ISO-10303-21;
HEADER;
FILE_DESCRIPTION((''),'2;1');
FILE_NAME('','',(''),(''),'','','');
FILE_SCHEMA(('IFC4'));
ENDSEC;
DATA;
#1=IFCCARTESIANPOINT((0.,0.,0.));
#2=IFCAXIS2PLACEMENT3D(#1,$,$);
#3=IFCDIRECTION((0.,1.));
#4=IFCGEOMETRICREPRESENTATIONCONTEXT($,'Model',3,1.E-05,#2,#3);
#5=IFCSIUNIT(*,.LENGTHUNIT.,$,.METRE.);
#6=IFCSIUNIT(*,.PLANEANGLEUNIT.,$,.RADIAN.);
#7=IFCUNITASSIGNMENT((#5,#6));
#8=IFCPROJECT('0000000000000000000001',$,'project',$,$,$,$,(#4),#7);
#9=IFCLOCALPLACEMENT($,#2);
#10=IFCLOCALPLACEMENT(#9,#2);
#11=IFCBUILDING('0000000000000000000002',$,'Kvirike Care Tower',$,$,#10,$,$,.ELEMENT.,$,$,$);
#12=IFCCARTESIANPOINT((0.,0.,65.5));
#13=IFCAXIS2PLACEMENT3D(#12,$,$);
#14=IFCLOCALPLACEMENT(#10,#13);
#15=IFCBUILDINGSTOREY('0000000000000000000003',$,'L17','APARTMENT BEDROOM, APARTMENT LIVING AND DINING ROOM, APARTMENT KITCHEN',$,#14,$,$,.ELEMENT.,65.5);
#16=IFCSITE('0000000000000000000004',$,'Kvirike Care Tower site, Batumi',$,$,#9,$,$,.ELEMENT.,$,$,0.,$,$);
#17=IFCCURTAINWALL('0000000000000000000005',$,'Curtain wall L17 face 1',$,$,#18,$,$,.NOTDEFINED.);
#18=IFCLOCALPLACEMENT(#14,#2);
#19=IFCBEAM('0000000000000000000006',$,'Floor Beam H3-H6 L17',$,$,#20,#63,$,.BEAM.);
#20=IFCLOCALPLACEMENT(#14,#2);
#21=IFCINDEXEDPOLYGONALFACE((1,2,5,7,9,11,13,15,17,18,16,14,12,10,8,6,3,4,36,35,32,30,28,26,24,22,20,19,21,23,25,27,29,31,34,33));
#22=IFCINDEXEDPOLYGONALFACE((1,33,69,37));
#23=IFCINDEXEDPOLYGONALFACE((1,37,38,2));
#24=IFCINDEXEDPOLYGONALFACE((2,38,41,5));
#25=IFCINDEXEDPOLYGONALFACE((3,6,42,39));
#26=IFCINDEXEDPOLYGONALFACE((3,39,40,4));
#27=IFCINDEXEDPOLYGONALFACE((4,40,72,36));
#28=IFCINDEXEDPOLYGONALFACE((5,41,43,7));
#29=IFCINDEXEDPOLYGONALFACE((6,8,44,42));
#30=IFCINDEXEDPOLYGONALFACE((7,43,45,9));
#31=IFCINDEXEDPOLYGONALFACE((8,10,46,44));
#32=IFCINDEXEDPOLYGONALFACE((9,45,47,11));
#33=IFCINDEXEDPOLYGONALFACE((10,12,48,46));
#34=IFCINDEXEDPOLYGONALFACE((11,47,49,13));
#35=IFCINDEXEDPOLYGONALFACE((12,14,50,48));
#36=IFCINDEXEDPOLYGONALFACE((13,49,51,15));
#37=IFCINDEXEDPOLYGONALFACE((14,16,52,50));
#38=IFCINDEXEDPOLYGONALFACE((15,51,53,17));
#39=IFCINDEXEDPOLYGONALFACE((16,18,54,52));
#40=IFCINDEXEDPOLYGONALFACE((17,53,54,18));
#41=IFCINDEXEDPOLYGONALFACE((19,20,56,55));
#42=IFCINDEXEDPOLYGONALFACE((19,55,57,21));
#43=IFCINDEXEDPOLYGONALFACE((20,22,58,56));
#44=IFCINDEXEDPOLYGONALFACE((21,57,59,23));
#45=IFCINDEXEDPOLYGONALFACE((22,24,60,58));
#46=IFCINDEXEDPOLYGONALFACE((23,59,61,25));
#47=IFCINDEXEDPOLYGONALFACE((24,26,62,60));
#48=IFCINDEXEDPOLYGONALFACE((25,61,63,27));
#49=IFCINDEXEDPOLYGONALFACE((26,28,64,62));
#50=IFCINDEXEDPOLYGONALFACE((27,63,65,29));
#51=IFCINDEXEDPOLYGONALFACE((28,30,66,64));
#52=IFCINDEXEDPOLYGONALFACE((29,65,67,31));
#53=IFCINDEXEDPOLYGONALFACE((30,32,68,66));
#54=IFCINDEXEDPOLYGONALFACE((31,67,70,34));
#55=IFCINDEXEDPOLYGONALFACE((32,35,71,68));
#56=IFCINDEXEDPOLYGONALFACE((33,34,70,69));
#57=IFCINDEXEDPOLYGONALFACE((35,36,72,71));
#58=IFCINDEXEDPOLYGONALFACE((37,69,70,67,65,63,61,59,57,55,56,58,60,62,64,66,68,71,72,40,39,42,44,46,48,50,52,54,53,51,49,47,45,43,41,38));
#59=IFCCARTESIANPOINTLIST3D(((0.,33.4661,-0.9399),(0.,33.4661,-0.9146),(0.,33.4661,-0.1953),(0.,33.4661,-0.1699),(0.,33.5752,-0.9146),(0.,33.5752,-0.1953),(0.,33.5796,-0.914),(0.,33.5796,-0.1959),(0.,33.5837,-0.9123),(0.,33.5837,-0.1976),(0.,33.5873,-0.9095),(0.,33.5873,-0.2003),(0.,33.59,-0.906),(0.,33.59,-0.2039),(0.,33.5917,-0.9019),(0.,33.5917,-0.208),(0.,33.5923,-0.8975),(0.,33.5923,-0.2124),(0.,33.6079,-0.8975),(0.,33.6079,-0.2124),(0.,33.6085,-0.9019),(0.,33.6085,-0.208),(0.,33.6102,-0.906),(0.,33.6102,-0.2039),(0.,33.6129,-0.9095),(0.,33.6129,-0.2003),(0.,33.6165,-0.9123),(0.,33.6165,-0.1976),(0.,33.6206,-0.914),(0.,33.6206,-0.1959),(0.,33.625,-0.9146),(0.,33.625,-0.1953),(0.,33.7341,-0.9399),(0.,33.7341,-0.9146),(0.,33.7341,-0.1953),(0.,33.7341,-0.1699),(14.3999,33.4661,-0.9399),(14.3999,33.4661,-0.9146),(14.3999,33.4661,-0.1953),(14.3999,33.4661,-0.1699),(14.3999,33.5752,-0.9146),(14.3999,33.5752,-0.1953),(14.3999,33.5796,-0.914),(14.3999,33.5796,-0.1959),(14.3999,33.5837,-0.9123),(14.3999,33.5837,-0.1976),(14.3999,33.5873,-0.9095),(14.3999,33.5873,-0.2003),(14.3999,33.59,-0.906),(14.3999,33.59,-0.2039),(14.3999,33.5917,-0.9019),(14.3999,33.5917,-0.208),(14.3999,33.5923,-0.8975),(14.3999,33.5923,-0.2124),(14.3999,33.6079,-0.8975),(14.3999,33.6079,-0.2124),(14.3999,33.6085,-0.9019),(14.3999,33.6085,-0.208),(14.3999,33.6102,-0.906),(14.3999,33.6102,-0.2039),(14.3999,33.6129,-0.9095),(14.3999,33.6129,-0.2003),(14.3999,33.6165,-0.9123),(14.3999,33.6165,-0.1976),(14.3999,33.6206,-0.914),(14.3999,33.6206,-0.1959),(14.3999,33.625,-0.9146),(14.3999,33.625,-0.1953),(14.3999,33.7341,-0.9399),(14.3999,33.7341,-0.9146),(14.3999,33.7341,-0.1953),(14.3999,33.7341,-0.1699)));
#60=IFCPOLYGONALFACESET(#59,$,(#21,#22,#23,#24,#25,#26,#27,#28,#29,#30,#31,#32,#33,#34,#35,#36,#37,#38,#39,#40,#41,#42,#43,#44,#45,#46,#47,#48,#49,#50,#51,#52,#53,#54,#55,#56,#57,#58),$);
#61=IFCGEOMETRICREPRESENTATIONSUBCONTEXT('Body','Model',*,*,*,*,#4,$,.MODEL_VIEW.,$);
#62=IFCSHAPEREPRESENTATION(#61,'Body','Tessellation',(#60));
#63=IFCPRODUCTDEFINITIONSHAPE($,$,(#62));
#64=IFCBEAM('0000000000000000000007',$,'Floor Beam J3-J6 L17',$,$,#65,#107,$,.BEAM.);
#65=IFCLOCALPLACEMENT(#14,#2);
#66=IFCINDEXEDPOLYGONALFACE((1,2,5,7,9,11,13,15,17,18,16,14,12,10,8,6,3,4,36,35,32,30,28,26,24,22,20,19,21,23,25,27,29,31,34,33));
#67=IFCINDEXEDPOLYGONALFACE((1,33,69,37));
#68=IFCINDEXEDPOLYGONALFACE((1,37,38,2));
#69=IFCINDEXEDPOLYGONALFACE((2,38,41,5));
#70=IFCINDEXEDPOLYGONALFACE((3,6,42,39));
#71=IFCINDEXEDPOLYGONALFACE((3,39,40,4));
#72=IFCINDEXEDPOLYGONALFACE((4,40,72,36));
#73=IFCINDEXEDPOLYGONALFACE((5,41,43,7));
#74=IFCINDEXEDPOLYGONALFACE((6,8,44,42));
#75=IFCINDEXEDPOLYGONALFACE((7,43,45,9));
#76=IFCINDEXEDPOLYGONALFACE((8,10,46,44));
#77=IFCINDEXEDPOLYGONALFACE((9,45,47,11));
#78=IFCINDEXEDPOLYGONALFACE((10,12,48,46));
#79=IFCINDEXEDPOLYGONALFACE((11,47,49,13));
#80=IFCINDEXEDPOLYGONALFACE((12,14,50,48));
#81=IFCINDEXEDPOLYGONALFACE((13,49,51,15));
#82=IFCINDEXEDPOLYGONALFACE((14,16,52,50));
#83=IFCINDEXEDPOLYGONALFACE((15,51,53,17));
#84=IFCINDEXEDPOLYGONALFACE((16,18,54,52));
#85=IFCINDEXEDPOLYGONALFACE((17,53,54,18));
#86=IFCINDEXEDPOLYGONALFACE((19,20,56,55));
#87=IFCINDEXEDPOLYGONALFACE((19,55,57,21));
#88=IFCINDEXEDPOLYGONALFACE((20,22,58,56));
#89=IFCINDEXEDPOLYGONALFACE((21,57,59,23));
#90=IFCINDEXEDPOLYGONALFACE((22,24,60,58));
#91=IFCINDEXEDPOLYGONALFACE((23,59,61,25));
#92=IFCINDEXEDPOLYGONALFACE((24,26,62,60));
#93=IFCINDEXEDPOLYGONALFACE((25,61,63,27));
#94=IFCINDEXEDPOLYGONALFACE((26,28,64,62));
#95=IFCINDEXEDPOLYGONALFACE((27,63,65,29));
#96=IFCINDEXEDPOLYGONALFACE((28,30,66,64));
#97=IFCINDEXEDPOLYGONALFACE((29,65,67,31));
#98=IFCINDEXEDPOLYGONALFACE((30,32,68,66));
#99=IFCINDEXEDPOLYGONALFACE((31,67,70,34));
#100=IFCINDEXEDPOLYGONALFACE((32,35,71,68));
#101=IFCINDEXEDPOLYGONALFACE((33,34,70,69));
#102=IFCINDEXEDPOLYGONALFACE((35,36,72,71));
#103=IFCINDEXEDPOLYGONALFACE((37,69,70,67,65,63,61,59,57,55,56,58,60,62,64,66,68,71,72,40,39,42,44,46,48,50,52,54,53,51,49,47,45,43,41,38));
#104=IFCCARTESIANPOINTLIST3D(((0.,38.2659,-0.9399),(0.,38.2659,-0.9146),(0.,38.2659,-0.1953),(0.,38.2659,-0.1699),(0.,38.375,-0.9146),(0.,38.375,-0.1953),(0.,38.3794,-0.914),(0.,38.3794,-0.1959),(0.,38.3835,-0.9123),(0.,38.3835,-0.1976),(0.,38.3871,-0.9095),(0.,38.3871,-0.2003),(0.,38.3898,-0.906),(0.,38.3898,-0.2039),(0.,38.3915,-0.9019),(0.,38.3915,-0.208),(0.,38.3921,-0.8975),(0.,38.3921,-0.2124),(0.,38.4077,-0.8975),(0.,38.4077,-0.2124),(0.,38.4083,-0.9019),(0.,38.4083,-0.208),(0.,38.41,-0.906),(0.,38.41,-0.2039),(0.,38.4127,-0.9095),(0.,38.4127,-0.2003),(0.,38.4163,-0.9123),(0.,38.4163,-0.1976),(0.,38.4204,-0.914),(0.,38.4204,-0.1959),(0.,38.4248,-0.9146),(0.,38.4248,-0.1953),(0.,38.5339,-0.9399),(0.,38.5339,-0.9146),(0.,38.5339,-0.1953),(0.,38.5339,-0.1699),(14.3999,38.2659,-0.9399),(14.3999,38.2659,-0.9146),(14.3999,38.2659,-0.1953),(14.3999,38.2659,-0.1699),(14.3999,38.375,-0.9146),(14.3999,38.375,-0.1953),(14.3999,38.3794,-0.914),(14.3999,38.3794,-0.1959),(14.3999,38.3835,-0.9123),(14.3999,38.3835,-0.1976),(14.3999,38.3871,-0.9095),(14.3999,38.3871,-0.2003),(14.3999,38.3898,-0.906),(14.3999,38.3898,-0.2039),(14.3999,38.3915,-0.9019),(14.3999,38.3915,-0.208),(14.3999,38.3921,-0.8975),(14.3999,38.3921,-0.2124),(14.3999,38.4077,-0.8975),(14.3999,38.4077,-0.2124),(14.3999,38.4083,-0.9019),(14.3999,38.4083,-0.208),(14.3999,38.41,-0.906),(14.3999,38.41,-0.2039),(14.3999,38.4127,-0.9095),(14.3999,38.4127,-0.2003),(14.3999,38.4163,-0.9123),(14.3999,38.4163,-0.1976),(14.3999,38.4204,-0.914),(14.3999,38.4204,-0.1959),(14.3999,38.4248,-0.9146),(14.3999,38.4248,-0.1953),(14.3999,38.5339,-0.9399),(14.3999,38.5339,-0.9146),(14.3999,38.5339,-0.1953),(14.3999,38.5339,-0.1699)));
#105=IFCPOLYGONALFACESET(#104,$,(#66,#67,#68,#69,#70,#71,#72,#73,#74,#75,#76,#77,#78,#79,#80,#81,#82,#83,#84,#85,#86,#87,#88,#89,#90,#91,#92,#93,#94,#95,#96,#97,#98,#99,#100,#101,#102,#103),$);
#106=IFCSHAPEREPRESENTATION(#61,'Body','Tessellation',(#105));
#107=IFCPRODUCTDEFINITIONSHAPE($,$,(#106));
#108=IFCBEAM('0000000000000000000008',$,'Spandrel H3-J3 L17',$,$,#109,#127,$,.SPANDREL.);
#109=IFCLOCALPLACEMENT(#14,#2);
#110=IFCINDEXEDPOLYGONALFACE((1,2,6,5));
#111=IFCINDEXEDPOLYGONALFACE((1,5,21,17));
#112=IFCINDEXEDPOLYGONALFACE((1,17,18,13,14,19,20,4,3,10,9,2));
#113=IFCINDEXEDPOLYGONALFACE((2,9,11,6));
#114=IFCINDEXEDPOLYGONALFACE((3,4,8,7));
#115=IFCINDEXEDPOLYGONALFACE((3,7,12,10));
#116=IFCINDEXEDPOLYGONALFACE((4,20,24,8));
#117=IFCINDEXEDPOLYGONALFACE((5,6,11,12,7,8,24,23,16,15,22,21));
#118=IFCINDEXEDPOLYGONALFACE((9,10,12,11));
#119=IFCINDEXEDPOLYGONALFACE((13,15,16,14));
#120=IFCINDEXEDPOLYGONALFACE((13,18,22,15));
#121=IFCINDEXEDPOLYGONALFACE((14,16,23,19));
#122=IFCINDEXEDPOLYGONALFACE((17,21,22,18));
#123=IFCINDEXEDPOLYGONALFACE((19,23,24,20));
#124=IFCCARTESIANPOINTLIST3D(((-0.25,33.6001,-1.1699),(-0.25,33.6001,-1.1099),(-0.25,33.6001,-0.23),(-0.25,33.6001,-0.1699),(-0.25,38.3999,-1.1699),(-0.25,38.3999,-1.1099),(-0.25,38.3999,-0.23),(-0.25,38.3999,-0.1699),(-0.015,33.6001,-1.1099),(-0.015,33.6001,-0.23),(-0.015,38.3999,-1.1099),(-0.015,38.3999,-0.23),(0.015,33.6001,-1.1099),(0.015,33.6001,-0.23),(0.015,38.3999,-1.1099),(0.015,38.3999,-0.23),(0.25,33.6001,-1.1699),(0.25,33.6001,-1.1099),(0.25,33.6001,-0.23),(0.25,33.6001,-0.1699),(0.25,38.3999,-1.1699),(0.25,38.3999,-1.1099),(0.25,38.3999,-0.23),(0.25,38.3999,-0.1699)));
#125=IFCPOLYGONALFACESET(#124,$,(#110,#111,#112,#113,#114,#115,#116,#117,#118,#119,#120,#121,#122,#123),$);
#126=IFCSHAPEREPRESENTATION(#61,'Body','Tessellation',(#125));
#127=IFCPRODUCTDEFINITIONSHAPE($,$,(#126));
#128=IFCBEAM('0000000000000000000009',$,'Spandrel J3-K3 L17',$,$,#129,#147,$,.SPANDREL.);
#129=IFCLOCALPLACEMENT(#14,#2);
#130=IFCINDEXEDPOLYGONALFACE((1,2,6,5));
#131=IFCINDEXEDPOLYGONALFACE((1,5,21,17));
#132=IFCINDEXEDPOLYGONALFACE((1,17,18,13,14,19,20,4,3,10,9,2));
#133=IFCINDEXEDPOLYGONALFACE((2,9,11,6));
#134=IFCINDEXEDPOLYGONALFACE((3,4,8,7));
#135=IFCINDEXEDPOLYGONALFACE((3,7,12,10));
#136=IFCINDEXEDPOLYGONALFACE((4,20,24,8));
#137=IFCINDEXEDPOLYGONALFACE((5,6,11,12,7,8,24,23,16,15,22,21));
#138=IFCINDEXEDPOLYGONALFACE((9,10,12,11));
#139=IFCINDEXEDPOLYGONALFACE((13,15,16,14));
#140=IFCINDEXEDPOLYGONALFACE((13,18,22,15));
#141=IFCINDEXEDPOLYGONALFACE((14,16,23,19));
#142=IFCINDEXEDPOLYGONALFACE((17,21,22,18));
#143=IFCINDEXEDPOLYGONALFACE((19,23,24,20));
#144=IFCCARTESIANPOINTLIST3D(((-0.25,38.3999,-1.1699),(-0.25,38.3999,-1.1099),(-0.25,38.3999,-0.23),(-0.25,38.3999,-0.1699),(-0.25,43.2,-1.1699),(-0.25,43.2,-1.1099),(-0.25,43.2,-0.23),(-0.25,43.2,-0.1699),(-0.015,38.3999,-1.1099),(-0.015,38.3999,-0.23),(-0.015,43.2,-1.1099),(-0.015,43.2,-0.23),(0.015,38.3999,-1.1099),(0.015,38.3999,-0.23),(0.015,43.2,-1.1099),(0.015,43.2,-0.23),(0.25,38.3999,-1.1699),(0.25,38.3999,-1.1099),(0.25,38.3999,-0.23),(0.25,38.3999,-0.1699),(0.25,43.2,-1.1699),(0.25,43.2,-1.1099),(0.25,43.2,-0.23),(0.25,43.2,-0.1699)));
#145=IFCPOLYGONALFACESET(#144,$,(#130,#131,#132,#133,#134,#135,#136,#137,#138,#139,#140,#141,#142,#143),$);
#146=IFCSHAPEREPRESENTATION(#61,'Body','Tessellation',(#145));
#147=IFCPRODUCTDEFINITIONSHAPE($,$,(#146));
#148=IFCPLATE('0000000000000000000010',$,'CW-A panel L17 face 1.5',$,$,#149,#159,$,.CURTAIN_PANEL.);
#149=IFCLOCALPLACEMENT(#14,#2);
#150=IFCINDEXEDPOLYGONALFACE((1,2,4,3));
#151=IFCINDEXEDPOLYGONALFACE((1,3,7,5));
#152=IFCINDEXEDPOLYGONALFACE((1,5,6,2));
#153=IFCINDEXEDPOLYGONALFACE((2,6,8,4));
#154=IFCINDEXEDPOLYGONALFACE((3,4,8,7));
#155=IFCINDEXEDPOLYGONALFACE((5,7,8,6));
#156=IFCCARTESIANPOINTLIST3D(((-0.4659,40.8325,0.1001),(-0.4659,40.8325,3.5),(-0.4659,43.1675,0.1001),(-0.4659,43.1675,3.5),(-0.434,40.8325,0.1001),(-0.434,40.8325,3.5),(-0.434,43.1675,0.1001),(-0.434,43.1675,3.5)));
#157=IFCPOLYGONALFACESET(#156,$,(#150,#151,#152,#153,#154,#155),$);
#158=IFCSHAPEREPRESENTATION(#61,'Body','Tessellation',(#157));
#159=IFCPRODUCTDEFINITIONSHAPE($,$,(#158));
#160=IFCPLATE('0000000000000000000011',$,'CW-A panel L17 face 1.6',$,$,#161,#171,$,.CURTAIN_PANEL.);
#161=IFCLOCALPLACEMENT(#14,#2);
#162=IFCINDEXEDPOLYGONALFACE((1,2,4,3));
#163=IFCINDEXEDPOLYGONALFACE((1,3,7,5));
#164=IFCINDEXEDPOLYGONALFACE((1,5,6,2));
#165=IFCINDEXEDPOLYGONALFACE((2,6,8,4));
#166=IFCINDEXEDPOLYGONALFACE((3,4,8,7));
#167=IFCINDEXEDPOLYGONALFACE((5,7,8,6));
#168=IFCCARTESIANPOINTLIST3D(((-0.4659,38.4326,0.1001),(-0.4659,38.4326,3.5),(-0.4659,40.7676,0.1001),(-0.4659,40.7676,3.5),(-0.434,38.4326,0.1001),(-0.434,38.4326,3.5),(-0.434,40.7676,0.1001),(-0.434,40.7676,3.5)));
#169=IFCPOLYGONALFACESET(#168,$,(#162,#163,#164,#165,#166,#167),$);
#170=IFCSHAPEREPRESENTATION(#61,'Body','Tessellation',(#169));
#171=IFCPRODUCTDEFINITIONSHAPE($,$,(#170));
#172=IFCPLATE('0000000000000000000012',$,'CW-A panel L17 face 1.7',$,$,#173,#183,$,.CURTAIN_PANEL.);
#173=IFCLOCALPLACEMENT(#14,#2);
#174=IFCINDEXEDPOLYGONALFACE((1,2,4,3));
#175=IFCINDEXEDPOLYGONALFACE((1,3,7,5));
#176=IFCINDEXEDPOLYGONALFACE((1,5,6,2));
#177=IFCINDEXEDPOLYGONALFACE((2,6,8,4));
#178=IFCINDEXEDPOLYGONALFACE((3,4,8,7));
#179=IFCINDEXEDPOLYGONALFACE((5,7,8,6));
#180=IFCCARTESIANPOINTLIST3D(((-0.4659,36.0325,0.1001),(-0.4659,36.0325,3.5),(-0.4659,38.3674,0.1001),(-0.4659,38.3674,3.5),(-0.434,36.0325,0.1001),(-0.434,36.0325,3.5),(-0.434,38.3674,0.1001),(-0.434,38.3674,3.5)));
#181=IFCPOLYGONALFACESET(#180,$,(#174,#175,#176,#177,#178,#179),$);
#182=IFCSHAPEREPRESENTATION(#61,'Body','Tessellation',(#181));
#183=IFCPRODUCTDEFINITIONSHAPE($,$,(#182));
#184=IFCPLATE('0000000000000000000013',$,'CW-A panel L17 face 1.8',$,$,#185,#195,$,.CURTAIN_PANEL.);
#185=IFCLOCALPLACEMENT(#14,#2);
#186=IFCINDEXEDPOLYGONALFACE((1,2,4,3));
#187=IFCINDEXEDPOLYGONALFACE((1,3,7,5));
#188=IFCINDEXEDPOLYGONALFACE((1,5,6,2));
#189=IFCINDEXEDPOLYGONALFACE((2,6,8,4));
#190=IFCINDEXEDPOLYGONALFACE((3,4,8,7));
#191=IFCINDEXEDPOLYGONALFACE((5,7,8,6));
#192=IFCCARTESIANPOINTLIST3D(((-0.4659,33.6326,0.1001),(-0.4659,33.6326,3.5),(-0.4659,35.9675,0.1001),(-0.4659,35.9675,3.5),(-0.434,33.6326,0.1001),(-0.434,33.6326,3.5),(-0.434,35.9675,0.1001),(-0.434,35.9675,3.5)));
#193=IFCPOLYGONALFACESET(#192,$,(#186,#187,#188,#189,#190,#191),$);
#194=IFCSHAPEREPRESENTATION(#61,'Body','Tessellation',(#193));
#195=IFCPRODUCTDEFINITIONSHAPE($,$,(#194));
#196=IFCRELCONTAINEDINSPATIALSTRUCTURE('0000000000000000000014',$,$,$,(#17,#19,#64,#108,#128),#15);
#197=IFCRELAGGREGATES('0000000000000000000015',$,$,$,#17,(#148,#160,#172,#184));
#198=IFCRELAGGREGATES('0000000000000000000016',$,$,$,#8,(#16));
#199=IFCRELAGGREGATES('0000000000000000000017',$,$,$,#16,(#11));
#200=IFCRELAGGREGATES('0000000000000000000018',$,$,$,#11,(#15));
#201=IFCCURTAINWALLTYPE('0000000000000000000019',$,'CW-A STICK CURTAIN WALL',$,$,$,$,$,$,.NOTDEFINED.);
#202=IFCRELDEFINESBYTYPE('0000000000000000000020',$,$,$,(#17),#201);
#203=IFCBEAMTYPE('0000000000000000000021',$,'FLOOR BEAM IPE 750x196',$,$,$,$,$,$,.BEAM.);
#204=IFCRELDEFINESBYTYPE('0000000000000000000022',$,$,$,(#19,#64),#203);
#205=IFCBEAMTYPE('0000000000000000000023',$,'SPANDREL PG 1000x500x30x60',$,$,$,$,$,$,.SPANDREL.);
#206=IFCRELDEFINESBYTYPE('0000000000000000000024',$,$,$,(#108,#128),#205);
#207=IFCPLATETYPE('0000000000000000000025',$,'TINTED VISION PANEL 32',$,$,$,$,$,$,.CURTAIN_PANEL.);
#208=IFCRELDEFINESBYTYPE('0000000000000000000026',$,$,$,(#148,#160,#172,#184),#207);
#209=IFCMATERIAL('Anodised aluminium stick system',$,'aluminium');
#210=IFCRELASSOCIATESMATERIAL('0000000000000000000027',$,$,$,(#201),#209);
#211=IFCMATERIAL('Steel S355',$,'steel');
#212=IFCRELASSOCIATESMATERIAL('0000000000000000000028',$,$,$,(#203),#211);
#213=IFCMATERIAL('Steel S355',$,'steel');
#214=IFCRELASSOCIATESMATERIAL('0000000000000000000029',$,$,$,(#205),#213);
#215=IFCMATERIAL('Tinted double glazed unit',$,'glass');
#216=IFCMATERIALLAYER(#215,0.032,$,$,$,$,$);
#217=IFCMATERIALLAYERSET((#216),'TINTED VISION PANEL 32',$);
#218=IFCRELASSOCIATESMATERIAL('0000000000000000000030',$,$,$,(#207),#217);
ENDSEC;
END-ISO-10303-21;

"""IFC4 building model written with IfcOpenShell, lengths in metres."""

from ifc_helpers import new_model, si_unit, direction, frame, origin, origin_2d, place, context, subcontext, project, spatial, rectangle, i_section, extrude, material, layer, layer_set, material_profile, profile_set, type_object, element, aggregate, save


model = new_model("IFC4")

# Units and contexts
model_context = context("Model", 3, precision=1e-05, world=origin(), true_north=direction((0.0, 1.0)))
body_context = subcontext(model_context, "Body", "Model", "MODEL_VIEW")
ifc_project = project(units=[si_unit("LENGTHUNIT", "METRE"), si_unit("PLANEANGLEUNIT", "RADIAN")], contexts=[model_context])

# Site, building, storey
site_placement = place(None, origin())
site = spatial("IfcSite", under=ifc_project, at=site_placement, Name="Kvirike Care Tower site, Batumi", CompositionType="ELEMENT", RefElevation=0.0)
building_placement = place(site_placement, origin())
building = spatial("IfcBuilding", under=site, at=building_placement, Name="Kvirike Care Tower", CompositionType="ELEMENT")
storey_placement = place(building_placement, frame((0.0, 0.0, 65.5)))
storey = spatial("IfcBuildingStorey", under=building, at=storey_placement, Name="L17", Description="APARTMENT BEDROOM, APARTMENT LIVING AND DINING ROOM, APARTMENT KITCHEN", CompositionType="ELEMENT", Elevation=65.5)

# Curtain wall
ifc_material_1 = material(Name="Anodised aluminium stick system", Category="aluminium")
curtain_wall_type = type_object("IfcCurtainWallType", Name="CW-A STICK CURTAIN WALL", PredefinedType="NOTDEFINED", material=ifc_material_1)
curtain_wall_placement = place(storey_placement, origin())
curtain_wall = element("IfcCurtainWall", 1, at=curtain_wall_placement, inside=storey, type_object=curtain_wall_type, Name="Curtain wall L17 face 1", PredefinedType="NOTDEFINED")

# Beams
ifc_material_2 = material(Name="Steel S355", Category="steel")
ifc_material_profile_1 = material_profile(ifc_material_2, i_section(OverallWidth=0.2681, OverallDepth=0.77, WebThickness=0.0156, FlangeThickness=0.0254, FilletRadius=0.0171, at=origin_2d()), Name="IPE 750x196")
ifc_profile_set_1 = profile_set([ifc_material_profile_1], Name="Steel S355")
beam_type_1 = type_object("IfcBeamType", Name="FLOOR BEAM IPE 750x196", PredefinedType="BEAM", material=ifc_profile_set_1)
for number, where, z_axis, x_axis, name in (
    (2, (0.0, 33.6001, -0.5549), (1.0, 0.0, 0.0), (0.0, 1.0, 0.0), "Floor Beam H3-H6 L17"),
    (3, (0.0, 38.3999, -0.5549), (1.0, 0.0, 0.0), (0.0, 1.0, 0.0), "Floor Beam J3-J6 L17"),
):
    element("IfcBeam", number, at=place(storey_placement, frame(where, z_axis=z_axis, x_axis=x_axis)), inside=storey, type_object=beam_type_1, Name=name, PredefinedType="BEAM", context=body_context, shape_type="SweptSolid", body=[
        extrude(i_section(OverallWidth=0.2681, OverallDepth=0.77, WebThickness=0.0156, FlangeThickness=0.0254, FilletRadius=0.0171, at=origin_2d()), origin(), (0.0, 0.0, 1.0), 14.3999),
    ])
ifc_material_3 = material(Name="Steel S355", Category="steel")
ifc_material_profile_2 = material_profile(ifc_material_3, i_section(OverallWidth=0.5, OverallDepth=1.0, WebThickness=0.03, FlangeThickness=0.0601, at=origin_2d()), Name="PG 1000x500x30x60")
ifc_profile_set_2 = profile_set([ifc_material_profile_2], Name="Steel S355")
beam_type_2 = type_object("IfcBeamType", Name="SPANDREL PG 1000x500x30x60", PredefinedType="SPANDREL", material=ifc_profile_set_2)
beam_1_placement = place(storey_placement, frame((0.0, 33.6001, -0.6699), z_axis=(0.0, 1.0, 0.0), x_axis=(-1.0, 0.0, 0.0)))
element("IfcBeam", 4, at=beam_1_placement, inside=storey, type_object=beam_type_2, Name="Spandrel H3-J3 L17", PredefinedType="SPANDREL", context=body_context, shape_type="SweptSolid", body=[
    extrude(i_section(OverallWidth=0.5, OverallDepth=1.0, WebThickness=0.03, FlangeThickness=0.0601, at=origin_2d()), origin(), (0.0, 0.0, 1.0), 4.7998),
])
beam_2_placement = place(storey_placement, frame((0.0, 38.3999, -0.6699), z_axis=(0.0, 1.0, 0.0), x_axis=(-1.0, 0.0, 0.0)))
element("IfcBeam", 5, at=beam_2_placement, inside=storey, type_object=beam_type_2, Name="Spandrel J3-K3 L17", PredefinedType="SPANDREL", context=body_context, shape_type="SweptSolid", body=[
    extrude(i_section(OverallWidth=0.5, OverallDepth=1.0, WebThickness=0.03, FlangeThickness=0.0601, at=origin_2d()), origin(), (0.0, 0.0, 1.0), 4.8),
])

# Plates
ifc_material_4 = material(Name="Tinted double glazed unit", Category="glass")
ifc_layer_1 = layer(ifc_material_4, 0.032)
ifc_layer_set_1 = layer_set([ifc_layer_1], Name="TINTED VISION PANEL 32")
plate_type = type_object("IfcPlateType", Name="TINTED VISION PANEL 32", PredefinedType="CURTAIN_PANEL", material=ifc_layer_set_1)
plate_1_placement = place(storey_placement, frame((-0.45, 42.0, 0.1001), z_axis=(0.0, 0.0, 1.0), x_axis=(0.0, -1.0, 0.0)))
plate_1 = element("IfcPlate", 6, at=plate_1_placement, type_object=plate_type, Name="CW-A panel L17 face 1.5", PredefinedType="CURTAIN_PANEL", context=body_context, shape_type="SweptSolid", body=[
    extrude(rectangle(XDim=2.335, YDim=0.032, at=origin_2d()), origin(), (0.0, 0.0, 1.0), 3.3999),
])
plate_2_placement = place(storey_placement, frame((-0.45, 39.6001, 0.1001), z_axis=(0.0, 0.0, 1.0), x_axis=(0.0, -1.0, 0.0)))
plate_2 = element("IfcPlate", 7, at=plate_2_placement, type_object=plate_type, Name="CW-A panel L17 face 1.6", PredefinedType="CURTAIN_PANEL", context=body_context, shape_type="SweptSolid", body=[
    extrude(rectangle(XDim=2.335, YDim=0.032, at=origin_2d()), origin(), (0.0, 0.0, 1.0), 3.3999),
])
plate_3_placement = place(storey_placement, frame((-0.45, 37.2, 0.1001), z_axis=(0.0, 0.0, 1.0), x_axis=(0.0, -1.0, 0.0)))
plate_3 = element("IfcPlate", 8, at=plate_3_placement, type_object=plate_type, Name="CW-A panel L17 face 1.7", PredefinedType="CURTAIN_PANEL", context=body_context, shape_type="SweptSolid", body=[
    extrude(rectangle(XDim=2.335, YDim=0.032, at=origin_2d()), origin(), (0.0, 0.0, 1.0), 3.3999),
])
plate_4_placement = place(storey_placement, frame((-0.45, 34.8, 0.1001), z_axis=(0.0, 0.0, 1.0), x_axis=(0.0, -1.0, 0.0)))
plate_4 = element("IfcPlate", 9, at=plate_4_placement, type_object=plate_type, Name="CW-A panel L17 face 1.8", PredefinedType="CURTAIN_PANEL", context=body_context, shape_type="SweptSolid", body=[
    extrude(rectangle(XDim=2.335, YDim=0.032, at=origin_2d()), origin(), (0.0, 0.0, 1.0), 3.3999),
])
aggregate(curtain_wall, [plate_1, plate_2, plate_3, plate_4])

save(model, "model.ifc")
